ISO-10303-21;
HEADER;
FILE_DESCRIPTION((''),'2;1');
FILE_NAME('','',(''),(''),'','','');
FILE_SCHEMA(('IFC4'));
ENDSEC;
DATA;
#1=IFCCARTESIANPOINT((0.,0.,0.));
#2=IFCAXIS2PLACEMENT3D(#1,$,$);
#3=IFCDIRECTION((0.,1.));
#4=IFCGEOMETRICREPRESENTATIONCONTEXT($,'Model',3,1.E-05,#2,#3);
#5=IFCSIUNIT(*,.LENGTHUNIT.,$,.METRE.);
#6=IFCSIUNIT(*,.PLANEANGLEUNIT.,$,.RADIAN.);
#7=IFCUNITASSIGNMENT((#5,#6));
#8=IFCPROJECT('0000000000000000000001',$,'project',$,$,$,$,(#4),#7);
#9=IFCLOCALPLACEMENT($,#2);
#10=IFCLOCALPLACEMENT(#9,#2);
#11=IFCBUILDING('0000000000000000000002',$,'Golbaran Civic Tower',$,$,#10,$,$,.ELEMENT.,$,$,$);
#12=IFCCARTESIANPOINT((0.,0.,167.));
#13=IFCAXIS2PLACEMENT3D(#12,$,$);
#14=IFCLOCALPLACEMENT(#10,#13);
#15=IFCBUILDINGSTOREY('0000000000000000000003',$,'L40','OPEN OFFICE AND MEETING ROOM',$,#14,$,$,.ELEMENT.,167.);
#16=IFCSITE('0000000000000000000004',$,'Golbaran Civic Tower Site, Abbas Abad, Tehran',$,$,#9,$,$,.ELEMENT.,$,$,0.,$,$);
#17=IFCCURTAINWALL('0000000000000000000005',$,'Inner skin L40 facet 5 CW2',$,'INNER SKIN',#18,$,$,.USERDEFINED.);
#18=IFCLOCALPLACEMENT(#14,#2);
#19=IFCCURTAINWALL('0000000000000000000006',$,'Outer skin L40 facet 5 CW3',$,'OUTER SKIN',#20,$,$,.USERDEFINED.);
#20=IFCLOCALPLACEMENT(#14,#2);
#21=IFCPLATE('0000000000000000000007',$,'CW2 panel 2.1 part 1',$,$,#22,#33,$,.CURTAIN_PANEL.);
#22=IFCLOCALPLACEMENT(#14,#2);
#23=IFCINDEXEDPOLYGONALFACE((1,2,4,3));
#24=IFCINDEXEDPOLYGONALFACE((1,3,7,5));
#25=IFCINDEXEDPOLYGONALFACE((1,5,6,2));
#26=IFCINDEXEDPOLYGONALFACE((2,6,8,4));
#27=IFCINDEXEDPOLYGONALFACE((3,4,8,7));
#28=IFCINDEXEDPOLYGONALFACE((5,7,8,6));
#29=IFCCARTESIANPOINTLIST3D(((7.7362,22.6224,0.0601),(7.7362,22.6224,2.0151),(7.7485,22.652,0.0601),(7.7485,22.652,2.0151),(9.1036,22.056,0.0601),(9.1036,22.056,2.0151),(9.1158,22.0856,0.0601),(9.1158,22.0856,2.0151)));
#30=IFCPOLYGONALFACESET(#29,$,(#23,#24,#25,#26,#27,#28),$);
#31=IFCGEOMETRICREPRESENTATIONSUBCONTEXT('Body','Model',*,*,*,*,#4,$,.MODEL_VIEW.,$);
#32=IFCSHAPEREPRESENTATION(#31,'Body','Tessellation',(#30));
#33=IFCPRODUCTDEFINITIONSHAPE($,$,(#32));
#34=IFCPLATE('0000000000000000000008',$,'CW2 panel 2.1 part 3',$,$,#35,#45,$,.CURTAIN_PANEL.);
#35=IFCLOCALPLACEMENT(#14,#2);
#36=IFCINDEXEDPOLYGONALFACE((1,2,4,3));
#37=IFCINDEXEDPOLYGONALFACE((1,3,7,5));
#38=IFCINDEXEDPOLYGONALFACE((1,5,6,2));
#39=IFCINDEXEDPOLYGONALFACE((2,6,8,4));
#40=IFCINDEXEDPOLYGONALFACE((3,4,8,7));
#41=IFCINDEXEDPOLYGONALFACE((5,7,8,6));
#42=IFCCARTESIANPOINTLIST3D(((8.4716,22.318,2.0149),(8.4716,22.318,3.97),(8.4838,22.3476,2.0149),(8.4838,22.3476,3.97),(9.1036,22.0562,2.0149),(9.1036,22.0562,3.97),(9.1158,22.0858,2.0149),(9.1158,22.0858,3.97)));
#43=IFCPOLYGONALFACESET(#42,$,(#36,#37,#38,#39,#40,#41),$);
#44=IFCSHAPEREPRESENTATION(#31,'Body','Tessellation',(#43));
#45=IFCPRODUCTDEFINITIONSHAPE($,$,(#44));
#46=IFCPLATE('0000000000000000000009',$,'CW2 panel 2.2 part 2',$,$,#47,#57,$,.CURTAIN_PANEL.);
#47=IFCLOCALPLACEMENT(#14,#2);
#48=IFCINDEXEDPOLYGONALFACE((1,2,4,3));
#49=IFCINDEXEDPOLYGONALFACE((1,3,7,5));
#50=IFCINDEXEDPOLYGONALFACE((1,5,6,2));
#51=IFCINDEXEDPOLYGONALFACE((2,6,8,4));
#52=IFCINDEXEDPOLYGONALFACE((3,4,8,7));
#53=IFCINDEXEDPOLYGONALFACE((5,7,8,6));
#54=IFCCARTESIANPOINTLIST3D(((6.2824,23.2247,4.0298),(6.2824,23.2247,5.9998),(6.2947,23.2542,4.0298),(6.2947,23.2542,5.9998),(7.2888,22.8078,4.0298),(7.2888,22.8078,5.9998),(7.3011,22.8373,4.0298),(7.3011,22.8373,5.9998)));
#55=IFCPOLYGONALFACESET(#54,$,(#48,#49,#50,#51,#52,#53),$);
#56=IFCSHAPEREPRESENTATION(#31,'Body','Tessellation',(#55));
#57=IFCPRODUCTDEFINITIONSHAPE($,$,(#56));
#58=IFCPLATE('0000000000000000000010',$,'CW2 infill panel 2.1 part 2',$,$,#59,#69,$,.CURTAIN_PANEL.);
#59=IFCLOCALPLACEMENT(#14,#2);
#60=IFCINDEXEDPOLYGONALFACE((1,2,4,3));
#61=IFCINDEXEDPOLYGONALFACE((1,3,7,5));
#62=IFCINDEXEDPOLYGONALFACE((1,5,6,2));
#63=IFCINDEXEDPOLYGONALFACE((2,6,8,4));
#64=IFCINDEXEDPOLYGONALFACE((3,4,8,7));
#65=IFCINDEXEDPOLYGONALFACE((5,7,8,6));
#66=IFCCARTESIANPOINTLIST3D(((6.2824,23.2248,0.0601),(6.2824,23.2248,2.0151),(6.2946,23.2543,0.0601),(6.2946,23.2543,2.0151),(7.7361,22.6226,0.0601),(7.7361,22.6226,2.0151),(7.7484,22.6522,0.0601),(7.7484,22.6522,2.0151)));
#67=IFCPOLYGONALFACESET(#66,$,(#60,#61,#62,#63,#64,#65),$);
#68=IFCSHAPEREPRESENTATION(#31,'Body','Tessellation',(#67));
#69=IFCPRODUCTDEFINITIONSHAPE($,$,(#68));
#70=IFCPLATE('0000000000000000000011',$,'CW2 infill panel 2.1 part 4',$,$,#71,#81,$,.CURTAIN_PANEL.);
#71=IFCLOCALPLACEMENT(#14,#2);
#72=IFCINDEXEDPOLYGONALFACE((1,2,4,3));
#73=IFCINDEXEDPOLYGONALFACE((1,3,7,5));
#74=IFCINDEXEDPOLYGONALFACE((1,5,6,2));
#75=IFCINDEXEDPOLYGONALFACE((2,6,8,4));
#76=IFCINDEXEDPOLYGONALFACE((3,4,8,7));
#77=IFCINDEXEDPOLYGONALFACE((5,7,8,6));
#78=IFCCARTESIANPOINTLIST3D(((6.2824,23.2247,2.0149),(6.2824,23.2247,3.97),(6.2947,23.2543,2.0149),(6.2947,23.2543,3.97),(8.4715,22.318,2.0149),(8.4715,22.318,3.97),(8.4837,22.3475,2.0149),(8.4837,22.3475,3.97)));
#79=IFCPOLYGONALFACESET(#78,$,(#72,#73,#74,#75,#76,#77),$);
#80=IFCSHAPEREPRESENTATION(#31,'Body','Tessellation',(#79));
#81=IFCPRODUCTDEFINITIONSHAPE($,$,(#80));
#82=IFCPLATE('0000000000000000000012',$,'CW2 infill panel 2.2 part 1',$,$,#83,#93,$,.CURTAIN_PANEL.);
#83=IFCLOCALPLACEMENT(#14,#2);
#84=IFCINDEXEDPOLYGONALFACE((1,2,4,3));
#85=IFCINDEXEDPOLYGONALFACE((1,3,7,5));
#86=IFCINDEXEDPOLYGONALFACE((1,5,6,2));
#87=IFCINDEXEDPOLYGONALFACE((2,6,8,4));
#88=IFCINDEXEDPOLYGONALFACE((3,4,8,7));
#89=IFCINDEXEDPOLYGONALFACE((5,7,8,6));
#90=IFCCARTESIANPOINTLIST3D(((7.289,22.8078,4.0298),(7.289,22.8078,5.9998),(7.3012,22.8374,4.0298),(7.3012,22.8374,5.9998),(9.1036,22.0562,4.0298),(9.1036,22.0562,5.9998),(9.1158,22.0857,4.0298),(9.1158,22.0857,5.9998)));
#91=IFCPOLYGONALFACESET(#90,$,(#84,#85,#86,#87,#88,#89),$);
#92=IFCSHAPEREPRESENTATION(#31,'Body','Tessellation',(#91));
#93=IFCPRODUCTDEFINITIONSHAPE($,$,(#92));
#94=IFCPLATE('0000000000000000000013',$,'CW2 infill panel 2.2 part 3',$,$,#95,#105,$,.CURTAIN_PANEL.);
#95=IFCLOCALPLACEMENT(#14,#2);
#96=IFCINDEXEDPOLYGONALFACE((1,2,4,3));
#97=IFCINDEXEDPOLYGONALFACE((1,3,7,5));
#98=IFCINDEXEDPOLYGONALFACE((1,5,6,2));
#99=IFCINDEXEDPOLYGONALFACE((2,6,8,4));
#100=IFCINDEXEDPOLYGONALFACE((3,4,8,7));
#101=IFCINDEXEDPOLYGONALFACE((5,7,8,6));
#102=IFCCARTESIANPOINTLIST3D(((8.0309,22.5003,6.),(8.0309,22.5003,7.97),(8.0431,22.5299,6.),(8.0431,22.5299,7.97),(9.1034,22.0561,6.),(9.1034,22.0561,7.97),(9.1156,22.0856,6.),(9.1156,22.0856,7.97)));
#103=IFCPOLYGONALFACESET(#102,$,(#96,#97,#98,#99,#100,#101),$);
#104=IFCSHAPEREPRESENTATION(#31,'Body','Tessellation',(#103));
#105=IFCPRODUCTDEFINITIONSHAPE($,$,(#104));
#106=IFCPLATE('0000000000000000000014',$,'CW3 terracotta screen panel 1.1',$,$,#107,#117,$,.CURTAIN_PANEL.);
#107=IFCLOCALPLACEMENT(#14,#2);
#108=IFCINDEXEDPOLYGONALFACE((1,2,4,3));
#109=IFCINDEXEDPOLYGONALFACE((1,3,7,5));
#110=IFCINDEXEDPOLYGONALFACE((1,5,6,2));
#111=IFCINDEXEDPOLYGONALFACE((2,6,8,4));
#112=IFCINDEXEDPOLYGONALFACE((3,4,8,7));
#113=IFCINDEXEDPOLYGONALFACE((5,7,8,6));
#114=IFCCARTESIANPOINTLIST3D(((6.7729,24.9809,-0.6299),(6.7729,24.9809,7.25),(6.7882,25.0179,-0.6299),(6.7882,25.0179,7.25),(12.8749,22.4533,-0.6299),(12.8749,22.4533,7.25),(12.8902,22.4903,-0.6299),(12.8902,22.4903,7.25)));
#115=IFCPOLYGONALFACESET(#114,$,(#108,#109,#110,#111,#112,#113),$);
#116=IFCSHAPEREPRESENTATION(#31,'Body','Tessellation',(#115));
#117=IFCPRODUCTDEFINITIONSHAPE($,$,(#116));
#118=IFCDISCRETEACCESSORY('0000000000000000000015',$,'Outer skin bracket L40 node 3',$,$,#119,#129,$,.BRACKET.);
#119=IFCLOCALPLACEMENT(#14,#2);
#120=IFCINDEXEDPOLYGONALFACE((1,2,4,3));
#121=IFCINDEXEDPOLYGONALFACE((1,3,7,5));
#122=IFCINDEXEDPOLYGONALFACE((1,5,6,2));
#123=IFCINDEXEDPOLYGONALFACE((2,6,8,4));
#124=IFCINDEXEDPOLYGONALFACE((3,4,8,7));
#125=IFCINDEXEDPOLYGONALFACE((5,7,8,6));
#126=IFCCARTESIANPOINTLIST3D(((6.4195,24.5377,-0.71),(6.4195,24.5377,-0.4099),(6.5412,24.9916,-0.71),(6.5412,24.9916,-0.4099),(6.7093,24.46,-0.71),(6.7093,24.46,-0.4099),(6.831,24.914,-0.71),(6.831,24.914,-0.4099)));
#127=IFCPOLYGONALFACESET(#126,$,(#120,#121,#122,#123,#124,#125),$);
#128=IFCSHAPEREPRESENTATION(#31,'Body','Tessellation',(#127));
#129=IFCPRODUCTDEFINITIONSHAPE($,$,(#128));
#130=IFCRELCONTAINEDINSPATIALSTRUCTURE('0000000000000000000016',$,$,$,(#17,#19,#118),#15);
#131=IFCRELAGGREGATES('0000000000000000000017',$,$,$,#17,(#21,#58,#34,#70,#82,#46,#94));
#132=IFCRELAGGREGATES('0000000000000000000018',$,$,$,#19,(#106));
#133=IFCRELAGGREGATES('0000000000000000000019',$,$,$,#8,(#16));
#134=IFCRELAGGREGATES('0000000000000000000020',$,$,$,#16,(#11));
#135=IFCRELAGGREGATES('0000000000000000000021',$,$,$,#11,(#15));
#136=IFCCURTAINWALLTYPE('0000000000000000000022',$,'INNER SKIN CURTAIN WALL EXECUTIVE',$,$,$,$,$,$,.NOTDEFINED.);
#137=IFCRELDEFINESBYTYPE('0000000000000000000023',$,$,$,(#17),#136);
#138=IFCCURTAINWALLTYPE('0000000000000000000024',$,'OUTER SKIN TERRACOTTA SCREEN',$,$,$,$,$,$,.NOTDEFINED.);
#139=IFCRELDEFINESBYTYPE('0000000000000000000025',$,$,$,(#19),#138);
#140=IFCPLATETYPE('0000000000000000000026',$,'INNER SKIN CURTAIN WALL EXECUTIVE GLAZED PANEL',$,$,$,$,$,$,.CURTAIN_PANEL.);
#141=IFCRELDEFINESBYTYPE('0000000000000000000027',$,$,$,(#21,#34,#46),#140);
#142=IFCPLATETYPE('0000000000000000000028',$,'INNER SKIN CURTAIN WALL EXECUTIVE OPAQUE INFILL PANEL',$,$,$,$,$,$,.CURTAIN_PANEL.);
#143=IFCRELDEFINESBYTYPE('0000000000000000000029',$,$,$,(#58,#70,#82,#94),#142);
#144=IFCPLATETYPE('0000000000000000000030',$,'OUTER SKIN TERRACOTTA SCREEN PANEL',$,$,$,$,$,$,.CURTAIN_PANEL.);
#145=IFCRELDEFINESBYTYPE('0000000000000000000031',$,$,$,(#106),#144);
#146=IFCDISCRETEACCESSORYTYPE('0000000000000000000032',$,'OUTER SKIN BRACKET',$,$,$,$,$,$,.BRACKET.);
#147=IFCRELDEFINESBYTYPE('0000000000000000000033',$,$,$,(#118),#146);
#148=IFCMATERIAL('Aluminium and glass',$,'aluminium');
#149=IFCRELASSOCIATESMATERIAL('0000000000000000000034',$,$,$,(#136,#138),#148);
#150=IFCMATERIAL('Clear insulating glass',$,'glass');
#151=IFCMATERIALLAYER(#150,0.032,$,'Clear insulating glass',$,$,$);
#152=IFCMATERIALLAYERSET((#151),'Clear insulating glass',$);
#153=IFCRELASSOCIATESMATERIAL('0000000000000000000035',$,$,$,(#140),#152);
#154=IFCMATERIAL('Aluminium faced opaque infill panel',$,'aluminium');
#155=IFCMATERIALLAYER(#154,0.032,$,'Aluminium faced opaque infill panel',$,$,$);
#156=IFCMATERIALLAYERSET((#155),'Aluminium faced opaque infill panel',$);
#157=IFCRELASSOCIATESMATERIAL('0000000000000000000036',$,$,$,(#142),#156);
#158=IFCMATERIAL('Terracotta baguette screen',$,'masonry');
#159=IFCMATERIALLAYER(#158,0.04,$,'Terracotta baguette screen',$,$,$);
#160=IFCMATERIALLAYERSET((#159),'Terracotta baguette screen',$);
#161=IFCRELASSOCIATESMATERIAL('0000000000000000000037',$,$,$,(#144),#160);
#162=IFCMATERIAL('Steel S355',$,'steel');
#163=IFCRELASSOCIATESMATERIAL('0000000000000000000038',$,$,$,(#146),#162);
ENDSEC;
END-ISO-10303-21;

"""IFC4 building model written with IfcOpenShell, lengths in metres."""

from ifc_helpers import new_model, si_unit, direction, frame, origin, origin_2d, place, context, subcontext, project, spatial, rectangle, extrude, material, layer, layer_set, type_object, element, aggregate, save


model = new_model("IFC4")

# Units and contexts
model_context = context("Model", 3, precision=1e-05, world=origin(), true_north=direction((0.0, 1.0)))
body_context = subcontext(model_context, "Body", "Model", "MODEL_VIEW")
ifc_project = project(units=[si_unit("LENGTHUNIT", "METRE"), si_unit("PLANEANGLEUNIT", "RADIAN")], contexts=[model_context])

# Site, building, storey
site_placement = place(None, origin())
site = spatial("IfcSite", under=ifc_project, at=site_placement, Name="Golbaran Civic Tower Site, Abbas Abad, Tehran", CompositionType="ELEMENT", RefElevation=0.0)
building_placement = place(site_placement, origin())
building = spatial("IfcBuilding", under=site, at=building_placement, Name="Golbaran Civic Tower", CompositionType="ELEMENT")
storey_placement = place(building_placement, frame((0.0, 0.0, 167.0)))
storey = spatial("IfcBuildingStorey", under=building, at=storey_placement, Name="L40", Description="OPEN OFFICE AND MEETING ROOM", CompositionType="ELEMENT", Elevation=167.0)

# Shared definitions
ifc_material_1 = material(Name="Steel S355", Category="steel")

# Curtain wall
ifc_material_2 = material(Name="Aluminium and glass", Category="aluminium")
curtain_wall_type_1 = type_object("IfcCurtainWallType", Name="INNER SKIN CURTAIN WALL EXECUTIVE", PredefinedType="NOTDEFINED", material=ifc_material_2)
curtain_wall_1_placement = place(storey_placement, origin())
curtain_wall_1 = element("IfcCurtainWall", 1, at=curtain_wall_1_placement, inside=storey, type_object=curtain_wall_type_1, Name="Inner skin L40 facet 5 CW2", ObjectType="INNER SKIN", PredefinedType="USERDEFINED")

# Shared definitions
curtain_wall_type_2 = type_object("IfcCurtainWallType", Name="OUTER SKIN TERRACOTTA SCREEN", PredefinedType="NOTDEFINED", material=ifc_material_2)

# Curtain wall
curtain_wall_2_placement = place(storey_placement, origin())
curtain_wall_2 = element("IfcCurtainWall", 2, at=curtain_wall_2_placement, inside=storey, type_object=curtain_wall_type_2, Name="Outer skin L40 facet 5 CW3", ObjectType="OUTER SKIN", PredefinedType="USERDEFINED")

# Plates
ifc_material_3 = material(Name="Clear insulating glass", Category="glass")
ifc_layer_1 = layer(ifc_material_3, 0.032, Name="Clear insulating glass")
ifc_layer_set_1 = layer_set([ifc_layer_1], Name="Clear insulating glass")
plate_type_1 = type_object("IfcPlateType", Name="INNER SKIN CURTAIN WALL EXECUTIVE GLAZED PANEL", PredefinedType="CURTAIN_PANEL", material=ifc_layer_set_1)
plate_1_placement = place(storey_placement, frame((8.426, 22.354, 0.0601), z_axis=(0.0, 0.0, 1.0), x_axis=(-0.92388, 0.382683, 0.0)))
plate_1 = element("IfcPlate", 3, at=plate_1_placement, type_object=plate_type_1, Name="CW2 panel 2.1 part 1", PredefinedType="CURTAIN_PANEL", context=body_context, shape_type="SweptSolid", body=[
    extrude(rectangle(XDim=1.48, YDim=0.032, at=origin_2d()), origin(), (0.0, 0.0, 1.0), 1.9551),
])
plate_2_placement = place(storey_placement, frame((8.7937, 22.2019, 2.0149), z_axis=(0.0, 0.0, 1.0), x_axis=(-0.92388, 0.382683, 0.0)))
plate_2 = element("IfcPlate", 4, at=plate_2_placement, type_object=plate_type_1, Name="CW2 panel 2.1 part 3", PredefinedType="CURTAIN_PANEL", context=body_context, shape_type="SweptSolid", body=[
    extrude(rectangle(XDim=0.6841, YDim=0.032, at=origin_2d()), origin(), (0.0, 0.0, 1.0), 1.9551),
])
plate_3_placement = place(storey_placement, frame((6.7917, 23.031, 4.0298), z_axis=(0.0, 0.0, 1.0), x_axis=(-0.92388, 0.382683, 0.0)))
plate_3 = element("IfcPlate", 5, at=plate_3_placement, type_object=plate_type_1, Name="CW2 panel 2.2 part 2", PredefinedType="CURTAIN_PANEL", context=body_context, shape_type="SweptSolid", body=[
    extrude(rectangle(XDim=1.0894, YDim=0.032, at=origin_2d()), origin(), (0.0, 0.0, 1.0), 1.97),
])
ifc_material_4 = material(Name="Aluminium faced opaque infill panel", Category="aluminium")
ifc_layer_2 = layer(ifc_material_4, 0.032, Name="Aluminium faced opaque infill panel")
ifc_layer_set_2 = layer_set([ifc_layer_2], Name="Aluminium faced opaque infill panel")
plate_type_2 = type_object("IfcPlateType", Name="INNER SKIN CURTAIN WALL EXECUTIVE OPAQUE INFILL PANEL", PredefinedType="CURTAIN_PANEL", material=ifc_layer_set_2)
plate_4_placement = place(storey_placement, frame((7.0154, 22.9385, 0.0601), z_axis=(0.0, 0.0, 1.0), x_axis=(-0.92388, 0.382683, 0.0)))
plate_4 = element("IfcPlate", 6, at=plate_4_placement, type_object=plate_type_2, Name="CW2 infill panel 2.1 part 2", PredefinedType="CURTAIN_PANEL", context=body_context, shape_type="SweptSolid", body=[
    extrude(rectangle(XDim=1.5735, YDim=0.032, at=origin_2d()), origin(), (0.0, 0.0, 1.0), 1.9551),
])
plate_5_placement = place(storey_placement, frame((7.3831, 22.7861, 2.0149), z_axis=(0.0, 0.0, 1.0), x_axis=(-0.92388, 0.382683, 0.0)))
plate_5 = element("IfcPlate", 7, at=plate_5_placement, type_object=plate_type_2, Name="CW2 infill panel 2.1 part 4", PredefinedType="CURTAIN_PANEL", context=body_context, shape_type="SweptSolid", body=[
    extrude(rectangle(XDim=2.3694, YDim=0.032, at=origin_2d()), origin(), (0.0, 0.0, 1.0), 1.9551),
])
plate_6_placement = place(storey_placement, frame((8.2024, 22.4468, 4.0298), z_axis=(0.0, 0.0, 1.0), x_axis=(-0.92388, 0.382683, 0.0)))
plate_6 = element("IfcPlate", 8, at=plate_6_placement, type_object=plate_type_2, Name="CW2 infill panel 2.2 part 1", PredefinedType="CURTAIN_PANEL", context=body_context, shape_type="SweptSolid", body=[
    extrude(rectangle(XDim=1.9641, YDim=0.032, at=origin_2d()), origin(), (0.0, 0.0, 1.0), 1.97),
])
plate_7_placement = place(storey_placement, frame((8.5732, 22.293, 6.0), z_axis=(0.0, 0.0, 1.0), x_axis=(-0.92388, 0.382683, 0.0)))
plate_7 = element("IfcPlate", 9, at=plate_7_placement, type_object=plate_type_2, Name="CW2 infill panel 2.2 part 3", PredefinedType="CURTAIN_PANEL", context=body_context, shape_type="SweptSolid", body=[
    extrude(rectangle(XDim=1.1609, YDim=0.032, at=origin_2d()), origin(), (0.0, 0.0, 1.0), 1.97),
])
aggregate(curtain_wall_1, [plate_1, plate_4, plate_2, plate_5, plate_6, plate_3, plate_7])
ifc_material_5 = material(Name="Terracotta baguette screen", Category="masonry")
ifc_layer_3 = layer(ifc_material_5, 0.04, Name="Terracotta baguette screen")
ifc_layer_set_3 = layer_set([ifc_layer_3], Name="Terracotta baguette screen")
plate_type_3 = type_object("IfcPlateType", Name="OUTER SKIN TERRACOTTA SCREEN PANEL", PredefinedType="CURTAIN_PANEL", material=ifc_layer_set_3)
plate_8_placement = place(storey_placement, frame((9.8315, 23.7356, -0.6299), z_axis=(0.0, 0.0, 1.0), x_axis=(-0.92388, 0.382683, 0.0)))
plate_8 = element("IfcPlate", 10, at=plate_8_placement, type_object=plate_type_3, Name="CW3 terracotta screen panel 1.1", PredefinedType="CURTAIN_PANEL", context=body_context, shape_type="SweptSolid", body=[
    extrude(rectangle(XDim=6.6047, YDim=0.04, at=origin_2d()), origin(), (0.0, 0.0, 1.0), 7.8799),
])
aggregate(curtain_wall_2, [plate_8])

# Discrete accessory
discrete_accessory_type = type_object("IfcDiscreteAccessoryType", Name="OUTER SKIN BRACKET", PredefinedType="BRACKET", material=ifc_material_1)
discrete_accessory_placement = place(storey_placement, frame((6.6252, 24.7258, -0.71), z_axis=(0.0, 0.0, 1.0), x_axis=(0.258819, 0.965926, 0.0)))
element("IfcDiscreteAccessory", 11, at=discrete_accessory_placement, inside=storey, type_object=discrete_accessory_type, Name="Outer skin bracket L40 node 3", PredefinedType="BRACKET", context=body_context, shape_type="SweptSolid", body=[
    extrude(rectangle(XDim=0.47, YDim=0.3, at=origin_2d()), origin(), (0.0, 0.0, 1.0), 0.3),
])

save(model, "model.ifc")
